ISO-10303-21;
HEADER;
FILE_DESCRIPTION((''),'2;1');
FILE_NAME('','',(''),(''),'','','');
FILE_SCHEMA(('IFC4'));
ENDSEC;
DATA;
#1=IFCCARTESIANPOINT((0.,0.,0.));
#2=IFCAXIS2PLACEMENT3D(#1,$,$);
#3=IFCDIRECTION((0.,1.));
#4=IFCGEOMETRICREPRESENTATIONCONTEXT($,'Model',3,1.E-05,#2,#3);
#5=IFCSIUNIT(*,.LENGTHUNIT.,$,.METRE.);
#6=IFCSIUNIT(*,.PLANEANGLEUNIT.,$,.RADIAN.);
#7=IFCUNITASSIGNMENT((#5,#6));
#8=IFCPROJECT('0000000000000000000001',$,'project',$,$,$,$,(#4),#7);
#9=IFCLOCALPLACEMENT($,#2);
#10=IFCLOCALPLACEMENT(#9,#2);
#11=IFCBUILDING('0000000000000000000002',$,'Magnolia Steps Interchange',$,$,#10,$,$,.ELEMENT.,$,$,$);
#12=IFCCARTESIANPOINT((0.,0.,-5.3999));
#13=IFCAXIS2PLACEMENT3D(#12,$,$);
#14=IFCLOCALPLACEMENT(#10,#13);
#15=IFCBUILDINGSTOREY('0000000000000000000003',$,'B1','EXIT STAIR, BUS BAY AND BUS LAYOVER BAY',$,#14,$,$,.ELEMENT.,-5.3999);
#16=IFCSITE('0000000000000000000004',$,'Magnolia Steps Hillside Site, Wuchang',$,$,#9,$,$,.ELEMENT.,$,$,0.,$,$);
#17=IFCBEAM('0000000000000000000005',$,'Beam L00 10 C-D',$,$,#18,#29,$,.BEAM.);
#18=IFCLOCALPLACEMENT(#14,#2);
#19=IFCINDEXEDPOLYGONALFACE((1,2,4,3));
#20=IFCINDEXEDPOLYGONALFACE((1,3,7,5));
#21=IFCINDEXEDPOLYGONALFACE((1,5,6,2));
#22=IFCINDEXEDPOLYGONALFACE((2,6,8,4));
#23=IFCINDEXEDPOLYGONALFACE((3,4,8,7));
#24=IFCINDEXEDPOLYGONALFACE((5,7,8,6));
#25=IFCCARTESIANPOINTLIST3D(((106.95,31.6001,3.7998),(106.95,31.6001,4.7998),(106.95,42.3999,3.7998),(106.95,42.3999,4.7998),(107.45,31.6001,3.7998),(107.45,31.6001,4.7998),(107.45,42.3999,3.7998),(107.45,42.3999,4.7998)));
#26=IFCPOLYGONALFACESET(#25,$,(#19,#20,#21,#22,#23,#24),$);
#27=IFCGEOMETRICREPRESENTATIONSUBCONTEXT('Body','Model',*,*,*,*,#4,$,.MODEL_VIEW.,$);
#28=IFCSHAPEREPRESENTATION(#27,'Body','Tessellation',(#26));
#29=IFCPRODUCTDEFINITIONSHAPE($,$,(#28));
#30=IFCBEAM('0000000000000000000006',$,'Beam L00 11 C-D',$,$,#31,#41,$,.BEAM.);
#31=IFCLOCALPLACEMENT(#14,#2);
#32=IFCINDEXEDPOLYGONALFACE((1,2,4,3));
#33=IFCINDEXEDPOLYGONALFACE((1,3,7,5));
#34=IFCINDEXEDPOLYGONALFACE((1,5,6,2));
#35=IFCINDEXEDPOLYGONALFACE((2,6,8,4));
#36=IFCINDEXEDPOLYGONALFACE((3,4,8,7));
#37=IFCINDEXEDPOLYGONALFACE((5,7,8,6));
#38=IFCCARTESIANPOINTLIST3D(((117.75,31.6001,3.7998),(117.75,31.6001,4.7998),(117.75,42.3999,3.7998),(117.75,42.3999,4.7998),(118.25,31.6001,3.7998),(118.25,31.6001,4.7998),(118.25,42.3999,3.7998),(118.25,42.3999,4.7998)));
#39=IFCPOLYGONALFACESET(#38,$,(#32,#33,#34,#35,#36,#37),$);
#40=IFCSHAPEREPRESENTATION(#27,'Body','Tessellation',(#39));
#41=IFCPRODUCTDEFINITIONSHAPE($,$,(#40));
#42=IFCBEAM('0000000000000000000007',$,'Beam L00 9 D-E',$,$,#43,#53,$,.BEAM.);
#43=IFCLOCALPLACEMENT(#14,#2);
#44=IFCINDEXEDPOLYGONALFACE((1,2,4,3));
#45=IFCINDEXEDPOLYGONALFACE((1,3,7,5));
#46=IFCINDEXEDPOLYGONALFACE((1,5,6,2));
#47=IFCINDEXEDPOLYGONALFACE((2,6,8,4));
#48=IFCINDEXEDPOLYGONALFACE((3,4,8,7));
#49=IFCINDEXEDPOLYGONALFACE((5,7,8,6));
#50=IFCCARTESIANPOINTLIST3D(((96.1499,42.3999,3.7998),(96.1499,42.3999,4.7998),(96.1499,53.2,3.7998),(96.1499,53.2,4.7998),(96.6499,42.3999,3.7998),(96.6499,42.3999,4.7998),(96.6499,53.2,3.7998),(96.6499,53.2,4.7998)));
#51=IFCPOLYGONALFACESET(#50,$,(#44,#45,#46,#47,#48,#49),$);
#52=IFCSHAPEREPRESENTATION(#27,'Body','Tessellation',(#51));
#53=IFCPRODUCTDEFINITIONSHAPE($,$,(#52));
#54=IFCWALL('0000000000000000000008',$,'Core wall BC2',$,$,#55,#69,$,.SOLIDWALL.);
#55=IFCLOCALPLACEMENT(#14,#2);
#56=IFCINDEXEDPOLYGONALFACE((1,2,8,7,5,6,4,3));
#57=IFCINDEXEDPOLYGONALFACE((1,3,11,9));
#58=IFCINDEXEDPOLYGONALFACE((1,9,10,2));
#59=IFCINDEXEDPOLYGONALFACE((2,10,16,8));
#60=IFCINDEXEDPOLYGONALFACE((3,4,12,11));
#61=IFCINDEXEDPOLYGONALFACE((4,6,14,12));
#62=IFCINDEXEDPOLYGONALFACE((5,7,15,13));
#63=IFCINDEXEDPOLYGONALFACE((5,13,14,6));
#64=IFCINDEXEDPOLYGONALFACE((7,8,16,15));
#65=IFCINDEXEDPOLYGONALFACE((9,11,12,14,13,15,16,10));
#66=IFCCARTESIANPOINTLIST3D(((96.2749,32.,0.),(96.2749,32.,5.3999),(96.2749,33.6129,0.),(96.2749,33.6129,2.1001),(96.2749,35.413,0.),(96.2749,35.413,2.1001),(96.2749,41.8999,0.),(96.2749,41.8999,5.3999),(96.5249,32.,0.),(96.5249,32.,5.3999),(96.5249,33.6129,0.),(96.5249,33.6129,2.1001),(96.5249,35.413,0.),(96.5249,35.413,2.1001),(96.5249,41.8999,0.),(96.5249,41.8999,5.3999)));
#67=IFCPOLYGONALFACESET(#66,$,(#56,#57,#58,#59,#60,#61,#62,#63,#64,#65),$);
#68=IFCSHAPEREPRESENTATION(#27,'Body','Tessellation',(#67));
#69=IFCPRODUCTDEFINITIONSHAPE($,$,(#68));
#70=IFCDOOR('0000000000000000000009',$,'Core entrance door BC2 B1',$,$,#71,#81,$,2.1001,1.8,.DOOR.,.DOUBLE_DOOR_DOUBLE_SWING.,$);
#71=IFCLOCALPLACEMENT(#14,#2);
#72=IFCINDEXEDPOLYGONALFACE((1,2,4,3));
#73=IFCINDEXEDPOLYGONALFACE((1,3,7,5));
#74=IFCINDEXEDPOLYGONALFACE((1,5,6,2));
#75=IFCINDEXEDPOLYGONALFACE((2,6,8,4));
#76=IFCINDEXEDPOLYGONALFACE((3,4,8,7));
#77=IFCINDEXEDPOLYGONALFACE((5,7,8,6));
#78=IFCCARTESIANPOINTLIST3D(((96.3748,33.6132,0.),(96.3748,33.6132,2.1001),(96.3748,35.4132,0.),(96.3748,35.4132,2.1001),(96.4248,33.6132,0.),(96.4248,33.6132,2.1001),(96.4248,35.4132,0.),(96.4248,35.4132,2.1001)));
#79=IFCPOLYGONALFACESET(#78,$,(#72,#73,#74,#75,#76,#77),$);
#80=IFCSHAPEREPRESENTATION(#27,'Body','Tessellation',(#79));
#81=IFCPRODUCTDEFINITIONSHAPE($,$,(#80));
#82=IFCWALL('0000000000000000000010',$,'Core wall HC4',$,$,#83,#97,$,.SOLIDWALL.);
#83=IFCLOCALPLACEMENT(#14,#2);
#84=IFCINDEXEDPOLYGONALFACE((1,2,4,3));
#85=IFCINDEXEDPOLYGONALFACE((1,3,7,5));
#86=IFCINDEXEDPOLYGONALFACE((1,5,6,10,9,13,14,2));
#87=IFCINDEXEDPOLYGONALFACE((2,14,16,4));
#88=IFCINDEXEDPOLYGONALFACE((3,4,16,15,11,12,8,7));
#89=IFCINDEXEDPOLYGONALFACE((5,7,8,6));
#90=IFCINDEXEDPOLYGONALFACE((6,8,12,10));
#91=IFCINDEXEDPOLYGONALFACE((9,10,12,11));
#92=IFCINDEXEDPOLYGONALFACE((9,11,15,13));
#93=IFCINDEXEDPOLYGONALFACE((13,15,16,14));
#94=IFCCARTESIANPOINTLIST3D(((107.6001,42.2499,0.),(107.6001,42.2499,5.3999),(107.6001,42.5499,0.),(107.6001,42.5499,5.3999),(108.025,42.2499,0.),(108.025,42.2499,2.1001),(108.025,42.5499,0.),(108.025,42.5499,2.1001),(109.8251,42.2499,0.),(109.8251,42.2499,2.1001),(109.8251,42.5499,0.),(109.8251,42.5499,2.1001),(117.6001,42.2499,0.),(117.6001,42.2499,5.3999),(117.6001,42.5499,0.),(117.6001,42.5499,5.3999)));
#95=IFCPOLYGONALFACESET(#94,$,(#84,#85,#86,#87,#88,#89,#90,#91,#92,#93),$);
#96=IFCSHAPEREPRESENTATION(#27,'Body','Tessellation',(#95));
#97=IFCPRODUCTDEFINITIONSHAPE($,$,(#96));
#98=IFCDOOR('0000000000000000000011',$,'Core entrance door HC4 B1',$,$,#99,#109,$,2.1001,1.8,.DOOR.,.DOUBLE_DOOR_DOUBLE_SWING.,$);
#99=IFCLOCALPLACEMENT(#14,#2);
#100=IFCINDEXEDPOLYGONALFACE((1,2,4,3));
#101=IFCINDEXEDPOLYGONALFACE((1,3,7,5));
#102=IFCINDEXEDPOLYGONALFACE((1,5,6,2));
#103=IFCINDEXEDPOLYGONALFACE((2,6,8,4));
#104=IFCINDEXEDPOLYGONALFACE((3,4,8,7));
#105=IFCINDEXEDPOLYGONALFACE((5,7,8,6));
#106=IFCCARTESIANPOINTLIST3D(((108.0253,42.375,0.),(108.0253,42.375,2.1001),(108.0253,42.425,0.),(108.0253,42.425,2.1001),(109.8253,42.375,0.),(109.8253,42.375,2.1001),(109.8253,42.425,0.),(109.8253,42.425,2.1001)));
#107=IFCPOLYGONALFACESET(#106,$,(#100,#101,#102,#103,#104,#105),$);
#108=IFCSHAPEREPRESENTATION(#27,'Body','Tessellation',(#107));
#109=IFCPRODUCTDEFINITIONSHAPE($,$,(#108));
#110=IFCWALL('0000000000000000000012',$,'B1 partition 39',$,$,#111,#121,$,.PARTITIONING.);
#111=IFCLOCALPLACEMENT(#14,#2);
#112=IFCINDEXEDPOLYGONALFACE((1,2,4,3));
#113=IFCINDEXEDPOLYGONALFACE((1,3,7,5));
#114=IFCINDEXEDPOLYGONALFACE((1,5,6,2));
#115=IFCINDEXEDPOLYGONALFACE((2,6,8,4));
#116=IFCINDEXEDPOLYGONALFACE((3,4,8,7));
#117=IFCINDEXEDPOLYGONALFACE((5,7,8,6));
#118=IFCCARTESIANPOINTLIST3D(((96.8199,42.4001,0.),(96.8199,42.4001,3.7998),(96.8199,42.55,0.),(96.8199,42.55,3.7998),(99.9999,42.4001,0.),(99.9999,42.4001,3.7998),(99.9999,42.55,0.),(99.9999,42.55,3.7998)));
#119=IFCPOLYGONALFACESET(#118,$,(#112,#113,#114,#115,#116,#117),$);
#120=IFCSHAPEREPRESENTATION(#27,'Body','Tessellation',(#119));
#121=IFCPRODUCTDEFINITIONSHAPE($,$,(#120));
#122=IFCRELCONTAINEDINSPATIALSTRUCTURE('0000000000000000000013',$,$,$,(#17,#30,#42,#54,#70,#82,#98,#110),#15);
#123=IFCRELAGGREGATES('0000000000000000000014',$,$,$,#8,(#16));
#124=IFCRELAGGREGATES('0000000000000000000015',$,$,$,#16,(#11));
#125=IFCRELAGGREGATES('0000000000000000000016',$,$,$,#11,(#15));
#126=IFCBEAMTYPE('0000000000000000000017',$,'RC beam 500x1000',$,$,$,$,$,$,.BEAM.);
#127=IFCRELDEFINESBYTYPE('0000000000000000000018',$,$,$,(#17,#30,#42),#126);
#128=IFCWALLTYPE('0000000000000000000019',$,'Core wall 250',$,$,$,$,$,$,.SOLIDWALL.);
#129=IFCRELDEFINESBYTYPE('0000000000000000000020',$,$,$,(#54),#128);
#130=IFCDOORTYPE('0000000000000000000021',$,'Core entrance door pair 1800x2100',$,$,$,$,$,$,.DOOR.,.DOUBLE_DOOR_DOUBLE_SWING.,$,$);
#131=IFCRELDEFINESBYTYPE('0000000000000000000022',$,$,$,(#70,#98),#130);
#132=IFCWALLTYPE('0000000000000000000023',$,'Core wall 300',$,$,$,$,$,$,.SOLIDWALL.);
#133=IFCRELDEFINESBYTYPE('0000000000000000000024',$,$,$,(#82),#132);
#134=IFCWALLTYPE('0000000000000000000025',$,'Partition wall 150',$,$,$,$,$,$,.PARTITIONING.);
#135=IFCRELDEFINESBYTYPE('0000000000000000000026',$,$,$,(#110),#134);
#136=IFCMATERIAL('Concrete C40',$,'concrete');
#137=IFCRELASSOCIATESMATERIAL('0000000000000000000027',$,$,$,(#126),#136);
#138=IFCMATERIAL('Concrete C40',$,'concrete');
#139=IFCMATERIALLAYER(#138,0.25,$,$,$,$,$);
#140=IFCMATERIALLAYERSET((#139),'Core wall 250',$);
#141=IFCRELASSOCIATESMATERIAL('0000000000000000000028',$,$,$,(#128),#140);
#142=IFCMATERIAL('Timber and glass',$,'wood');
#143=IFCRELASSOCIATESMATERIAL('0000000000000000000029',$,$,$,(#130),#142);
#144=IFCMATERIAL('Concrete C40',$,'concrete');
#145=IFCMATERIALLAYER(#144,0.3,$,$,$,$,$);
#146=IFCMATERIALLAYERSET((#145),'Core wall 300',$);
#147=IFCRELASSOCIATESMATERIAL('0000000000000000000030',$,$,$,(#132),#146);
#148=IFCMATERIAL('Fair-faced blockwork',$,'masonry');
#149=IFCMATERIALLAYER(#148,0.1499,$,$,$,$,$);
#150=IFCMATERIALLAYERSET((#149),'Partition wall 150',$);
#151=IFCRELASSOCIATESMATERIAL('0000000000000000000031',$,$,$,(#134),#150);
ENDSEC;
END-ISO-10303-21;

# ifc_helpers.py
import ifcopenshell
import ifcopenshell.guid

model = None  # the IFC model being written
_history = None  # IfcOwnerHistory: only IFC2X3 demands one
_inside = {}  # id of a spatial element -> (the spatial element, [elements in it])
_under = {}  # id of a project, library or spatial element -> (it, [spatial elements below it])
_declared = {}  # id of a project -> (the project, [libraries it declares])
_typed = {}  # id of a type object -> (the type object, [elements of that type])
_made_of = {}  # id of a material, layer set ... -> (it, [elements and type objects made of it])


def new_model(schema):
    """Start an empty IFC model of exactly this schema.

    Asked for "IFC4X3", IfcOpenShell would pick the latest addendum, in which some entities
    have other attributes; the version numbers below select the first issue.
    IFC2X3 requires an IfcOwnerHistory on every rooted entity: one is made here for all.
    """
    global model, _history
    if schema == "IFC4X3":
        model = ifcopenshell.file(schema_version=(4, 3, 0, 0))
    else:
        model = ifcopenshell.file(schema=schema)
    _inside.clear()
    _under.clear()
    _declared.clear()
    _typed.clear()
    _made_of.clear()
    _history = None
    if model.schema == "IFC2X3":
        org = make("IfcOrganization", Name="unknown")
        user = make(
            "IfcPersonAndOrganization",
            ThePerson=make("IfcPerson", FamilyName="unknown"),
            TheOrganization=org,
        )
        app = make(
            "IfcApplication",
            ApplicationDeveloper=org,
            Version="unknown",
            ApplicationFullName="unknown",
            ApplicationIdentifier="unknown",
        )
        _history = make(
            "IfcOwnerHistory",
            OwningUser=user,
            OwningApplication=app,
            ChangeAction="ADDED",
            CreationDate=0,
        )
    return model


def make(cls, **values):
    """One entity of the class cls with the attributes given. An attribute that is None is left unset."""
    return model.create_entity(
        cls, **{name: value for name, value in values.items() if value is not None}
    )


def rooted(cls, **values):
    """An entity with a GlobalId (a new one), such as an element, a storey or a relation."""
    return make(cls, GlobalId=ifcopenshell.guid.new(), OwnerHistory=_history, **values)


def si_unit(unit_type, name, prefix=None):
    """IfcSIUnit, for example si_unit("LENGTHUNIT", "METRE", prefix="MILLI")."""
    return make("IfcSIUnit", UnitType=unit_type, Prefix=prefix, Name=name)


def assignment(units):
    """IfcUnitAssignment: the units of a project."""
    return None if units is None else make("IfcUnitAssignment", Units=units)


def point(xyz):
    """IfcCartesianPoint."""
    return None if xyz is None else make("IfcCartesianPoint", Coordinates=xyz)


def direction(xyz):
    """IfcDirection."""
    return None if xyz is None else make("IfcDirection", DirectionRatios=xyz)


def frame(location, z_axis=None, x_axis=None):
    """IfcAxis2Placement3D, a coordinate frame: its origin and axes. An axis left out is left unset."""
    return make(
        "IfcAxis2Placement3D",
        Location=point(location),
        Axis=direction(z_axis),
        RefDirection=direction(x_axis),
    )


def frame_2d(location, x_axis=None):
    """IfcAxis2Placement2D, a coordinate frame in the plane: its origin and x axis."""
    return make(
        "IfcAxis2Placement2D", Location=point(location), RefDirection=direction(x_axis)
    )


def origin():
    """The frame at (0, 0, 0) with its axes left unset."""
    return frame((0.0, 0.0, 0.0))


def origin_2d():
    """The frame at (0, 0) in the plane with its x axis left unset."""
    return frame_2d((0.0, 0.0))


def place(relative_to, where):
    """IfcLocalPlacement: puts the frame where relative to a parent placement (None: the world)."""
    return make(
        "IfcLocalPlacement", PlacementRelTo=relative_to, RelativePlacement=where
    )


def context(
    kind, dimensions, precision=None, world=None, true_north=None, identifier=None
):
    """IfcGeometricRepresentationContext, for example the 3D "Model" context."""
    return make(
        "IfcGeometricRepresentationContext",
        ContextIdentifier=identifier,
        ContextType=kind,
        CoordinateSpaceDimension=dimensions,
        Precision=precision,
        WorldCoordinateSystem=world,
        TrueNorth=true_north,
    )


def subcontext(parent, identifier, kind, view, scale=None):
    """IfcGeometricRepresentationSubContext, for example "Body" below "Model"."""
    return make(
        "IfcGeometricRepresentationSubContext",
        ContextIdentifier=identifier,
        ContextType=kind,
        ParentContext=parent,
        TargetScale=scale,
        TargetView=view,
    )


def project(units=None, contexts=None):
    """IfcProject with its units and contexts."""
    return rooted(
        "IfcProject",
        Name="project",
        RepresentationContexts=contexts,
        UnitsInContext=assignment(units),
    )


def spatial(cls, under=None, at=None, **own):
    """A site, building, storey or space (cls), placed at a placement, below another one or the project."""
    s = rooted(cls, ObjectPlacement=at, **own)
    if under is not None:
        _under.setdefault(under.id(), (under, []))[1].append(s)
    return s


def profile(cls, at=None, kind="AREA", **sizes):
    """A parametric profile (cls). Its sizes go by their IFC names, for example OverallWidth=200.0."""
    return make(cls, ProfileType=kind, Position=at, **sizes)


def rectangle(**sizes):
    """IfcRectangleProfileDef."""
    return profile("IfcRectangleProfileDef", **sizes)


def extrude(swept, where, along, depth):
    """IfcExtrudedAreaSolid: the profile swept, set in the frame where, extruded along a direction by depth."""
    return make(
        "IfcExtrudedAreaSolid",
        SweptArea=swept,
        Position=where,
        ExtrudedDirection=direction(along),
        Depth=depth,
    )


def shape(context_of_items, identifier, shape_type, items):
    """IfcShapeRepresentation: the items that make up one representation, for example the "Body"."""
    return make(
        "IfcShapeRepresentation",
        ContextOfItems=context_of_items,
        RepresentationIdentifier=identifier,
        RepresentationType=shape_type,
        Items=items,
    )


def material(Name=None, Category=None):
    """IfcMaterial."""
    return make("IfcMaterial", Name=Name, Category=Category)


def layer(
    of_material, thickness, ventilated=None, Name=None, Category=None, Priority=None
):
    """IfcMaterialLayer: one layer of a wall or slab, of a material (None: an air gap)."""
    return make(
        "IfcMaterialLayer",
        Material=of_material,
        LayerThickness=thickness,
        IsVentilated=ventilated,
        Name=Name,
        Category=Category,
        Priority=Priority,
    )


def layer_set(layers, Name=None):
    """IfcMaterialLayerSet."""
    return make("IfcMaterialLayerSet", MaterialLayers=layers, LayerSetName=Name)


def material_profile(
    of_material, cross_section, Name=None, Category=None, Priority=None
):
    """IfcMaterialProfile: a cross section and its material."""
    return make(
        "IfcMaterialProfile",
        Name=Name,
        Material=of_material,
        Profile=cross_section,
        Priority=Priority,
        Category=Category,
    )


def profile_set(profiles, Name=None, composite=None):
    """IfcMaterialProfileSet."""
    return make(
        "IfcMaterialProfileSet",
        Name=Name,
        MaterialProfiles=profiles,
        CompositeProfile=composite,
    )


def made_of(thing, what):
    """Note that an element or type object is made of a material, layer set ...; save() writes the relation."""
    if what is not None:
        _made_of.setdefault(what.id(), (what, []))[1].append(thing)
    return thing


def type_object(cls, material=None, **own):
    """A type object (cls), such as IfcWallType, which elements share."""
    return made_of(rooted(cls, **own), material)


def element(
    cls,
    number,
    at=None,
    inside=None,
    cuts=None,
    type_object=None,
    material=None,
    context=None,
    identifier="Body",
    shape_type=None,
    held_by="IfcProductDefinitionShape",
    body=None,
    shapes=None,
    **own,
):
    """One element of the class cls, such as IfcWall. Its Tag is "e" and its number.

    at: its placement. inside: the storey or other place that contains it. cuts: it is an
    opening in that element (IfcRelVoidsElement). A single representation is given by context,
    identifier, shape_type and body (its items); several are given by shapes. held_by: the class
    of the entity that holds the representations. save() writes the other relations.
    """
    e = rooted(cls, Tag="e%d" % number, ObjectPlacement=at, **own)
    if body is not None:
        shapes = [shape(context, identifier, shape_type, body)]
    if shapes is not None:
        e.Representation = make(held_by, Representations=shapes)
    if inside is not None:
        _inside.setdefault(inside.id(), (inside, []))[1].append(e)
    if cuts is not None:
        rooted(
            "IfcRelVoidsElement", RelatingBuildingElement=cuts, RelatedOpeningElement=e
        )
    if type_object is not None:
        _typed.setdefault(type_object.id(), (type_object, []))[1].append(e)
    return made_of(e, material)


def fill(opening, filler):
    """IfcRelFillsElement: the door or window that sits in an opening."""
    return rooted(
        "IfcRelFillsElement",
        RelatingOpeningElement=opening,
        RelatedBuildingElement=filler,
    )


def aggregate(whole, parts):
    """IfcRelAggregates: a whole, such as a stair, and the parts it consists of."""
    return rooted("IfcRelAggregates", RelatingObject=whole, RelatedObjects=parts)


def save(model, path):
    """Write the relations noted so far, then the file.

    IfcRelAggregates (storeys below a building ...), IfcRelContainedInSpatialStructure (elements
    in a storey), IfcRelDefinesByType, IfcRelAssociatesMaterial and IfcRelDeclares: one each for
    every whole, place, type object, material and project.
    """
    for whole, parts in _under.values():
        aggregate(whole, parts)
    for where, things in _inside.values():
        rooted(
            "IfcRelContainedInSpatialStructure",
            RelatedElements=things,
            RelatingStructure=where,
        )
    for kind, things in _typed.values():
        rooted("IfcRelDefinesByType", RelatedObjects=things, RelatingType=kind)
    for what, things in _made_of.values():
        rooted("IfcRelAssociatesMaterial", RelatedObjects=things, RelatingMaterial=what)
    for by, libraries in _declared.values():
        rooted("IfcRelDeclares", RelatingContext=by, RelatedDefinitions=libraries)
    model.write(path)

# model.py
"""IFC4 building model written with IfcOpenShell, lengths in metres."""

from ifc_helpers import new_model, si_unit, direction, frame, frame_2d, origin, origin_2d, place, context, subcontext, project, spatial, rectangle, extrude, material, layer, layer_set, material_profile, profile_set, type_object, element, fill, save


model = new_model("IFC4")

# Units and contexts
model_context = context("Model", 3, precision=1e-05, world=origin(), true_north=direction((0.0, 1.0)))
body_context = subcontext(model_context, "Body", "Model", "MODEL_VIEW")
ifc_project = project(units=[si_unit("LENGTHUNIT", "METRE"), si_unit("PLANEANGLEUNIT", "RADIAN")], contexts=[model_context])

# Site, building, storey
site_placement = place(None, origin())
site = spatial("IfcSite", under=ifc_project, at=site_placement, Name="Magnolia Steps Hillside Site, Wuchang", CompositionType="ELEMENT", RefElevation=0.0)
building_placement = place(site_placement, origin())
building = spatial("IfcBuilding", under=site, at=building_placement, Name="Magnolia Steps Interchange", CompositionType="ELEMENT")
storey_placement = place(building_placement, frame((0.0, 0.0, -5.3999)))
storey = spatial("IfcBuildingStorey", under=building, at=storey_placement, Name="B1", Description="EXIT STAIR, BUS BAY AND BUS LAYOVER BAY", CompositionType="ELEMENT", Elevation=-5.3999)

# Beams
ifc_material_1 = material(Name="Concrete C40", Category="concrete")
ifc_material_profile_1 = material_profile(ifc_material_1, rectangle(XDim=0.5, YDim=1.0, at=origin_2d()), Name="RC500x1000")
ifc_profile_set_1 = profile_set([ifc_material_profile_1], Name="Concrete C40")
beam_type = type_object("IfcBeamType", Name="RC beam 500x1000", PredefinedType="BEAM", material=ifc_profile_set_1)
for number, where, z_axis, x_axis, name in (
    (1, (107.2, 31.6001, 4.2998), (0.0, 1.0, 0.0), (-1.0, 0.0, 0.0), "Beam L00 10 C-D"),
    (2, (118.0, 31.6001, 4.2998), (0.0, 1.0, 0.0), (-1.0, 0.0, 0.0), "Beam L00 11 C-D"),
):
    element("IfcBeam", number, at=place(storey_placement, frame(where, z_axis=z_axis, x_axis=x_axis)), inside=storey, type_object=beam_type, Name=name, PredefinedType="BEAM", context=body_context, shape_type="SweptSolid", body=[
        extrude(rectangle(XDim=0.5, YDim=1.0, at=origin_2d()), origin(), (0.0, 0.0, 1.0), 10.7998),
    ])
beam_placement = place(storey_placement, frame((96.3999, 42.3999, 4.2998), z_axis=(0.0, 1.0, 0.0), x_axis=(-1.0, 0.0, 0.0)))
element("IfcBeam", 3, at=beam_placement, inside=storey, type_object=beam_type, Name="Beam L00 9 D-E", PredefinedType="BEAM", context=body_context, shape_type="SweptSolid", body=[
    extrude(rectangle(XDim=0.5, YDim=1.0, at=origin_2d()), origin(), (0.0, 0.0, 1.0), 10.8),
])

# Walls, openings, doors
ifc_material_2 = material(Name="Concrete C40", Category="concrete")
ifc_layer_1 = layer(ifc_material_2, 0.25)
ifc_layer_set_1 = layer_set([ifc_layer_1], Name="Core wall 250")
wall_type_1 = type_object("IfcWallType", Name="Core wall 250", PredefinedType="SOLIDWALL", material=ifc_layer_set_1)
wall_1_placement = place(storey_placement, frame((96.3999, 32.0, 0.0), z_axis=(0.0, 0.0, 1.0), x_axis=(0.0, 1.0, 0.0)))
wall_1 = element("IfcWall", 4, at=wall_1_placement, inside=storey, type_object=wall_type_1, Name="Core wall BC2", PredefinedType="SOLIDWALL", context=body_context, shape_type="SweptSolid", body=[
    extrude(rectangle(XDim=9.8999, YDim=0.25, at=frame_2d((4.95, 0.0))), origin(), (0.0, 0.0, 1.0), 5.3999),
])
opening_1_placement = place(wall_1_placement, frame((1.613, 0.0, 0.0)))
opening_1 = element("IfcOpeningElement", 5, at=opening_1_placement, cuts=wall_1, PredefinedType="OPENING", context=body_context, shape_type="SweptSolid", body=[
    extrude(rectangle(XDim=1.8, YDim=2.1001, at=frame_2d((0.8999, 1.05))), frame((0.0, 0.135, 0.0), z_axis=(0.0, -1.0, 0.0), x_axis=(1.0, 0.0, 0.0)), (0.0, 0.0, 1.0), 0.27),
])
ifc_material_3 = material(Name="Timber and glass", Category="wood")
door_type = type_object("IfcDoorType", Name="Core entrance door pair 1800x2100", OperationType="DOUBLE_DOOR_DOUBLE_SWING", PredefinedType="DOOR", material=ifc_material_3)
door_1_placement = place(opening_1_placement, frame((1.8, 0.0, 0.0), z_axis=(0.0, 0.0, 1.0), x_axis=(-1.0, 0.0, 0.0)))
door_1 = element("IfcDoor", 6, at=door_1_placement, inside=storey, type_object=door_type, Name="Core entrance door BC2 B1", OperationType="DOUBLE_DOOR_DOUBLE_SWING", OverallHeight=2.1001, OverallWidth=1.8, PredefinedType="DOOR", context=body_context, shape_type="SweptSolid", body=[
    extrude(rectangle(XDim=1.8, YDim=2.1001, at=frame_2d((0.8999, 1.05))), frame((0.0, 0.0249, 0.0), z_axis=(0.0, -1.0, 0.0), x_axis=(1.0, 0.0, 0.0)), (0.0, 0.0, 1.0), 0.05),
])
fill(opening_1, door_1)
ifc_material_4 = material(Name="Concrete C40", Category="concrete")
ifc_layer_2 = layer(ifc_material_4, 0.3)
ifc_layer_set_2 = layer_set([ifc_layer_2], Name="Core wall 300")
wall_type_2 = type_object("IfcWallType", Name="Core wall 300", PredefinedType="SOLIDWALL", material=ifc_layer_set_2)
wall_2_placement = place(storey_placement, frame((107.6001, 42.3999, 0.0), z_axis=(0.0, 0.0, 1.0), x_axis=(1.0, 0.0, 0.0)))
wall_2 = element("IfcWall", 7, at=wall_2_placement, inside=storey, type_object=wall_type_2, Name="Core wall HC4", PredefinedType="SOLIDWALL", context=body_context, shape_type="SweptSolid", body=[
    extrude(rectangle(XDim=10.0, YDim=0.3, at=frame_2d((5.0, 0.0))), origin(), (0.0, 0.0, 1.0), 5.3999),
])
opening_2_placement = place(wall_2_placement, frame((0.425, 0.0, 0.0)))
opening_2 = element("IfcOpeningElement", 8, at=opening_2_placement, cuts=wall_2, PredefinedType="OPENING", context=body_context, shape_type="SweptSolid", body=[
    extrude(rectangle(XDim=1.8, YDim=2.1001, at=frame_2d((0.8999, 1.05))), frame((0.0, 0.1599, 0.0), z_axis=(0.0, -1.0, 0.0), x_axis=(1.0, 0.0, 0.0)), (0.0, 0.0, 1.0), 0.3201),
])
door_2_placement = place(opening_2_placement, frame((1.8, 0.0, 0.0), z_axis=(0.0, 0.0, 1.0), x_axis=(-1.0, 0.0, 0.0)))
door_2 = element("IfcDoor", 9, at=door_2_placement, inside=storey, type_object=door_type, Name="Core entrance door HC4 B1", OperationType="DOUBLE_DOOR_DOUBLE_SWING", OverallHeight=2.1001, OverallWidth=1.8, PredefinedType="DOOR", context=body_context, shape_type="SweptSolid", body=[
    extrude(rectangle(XDim=1.8, YDim=2.1001, at=frame_2d((0.8999, 1.05))), frame((0.0, 0.0249, 0.0), z_axis=(0.0, -1.0, 0.0), x_axis=(1.0, 0.0, 0.0)), (0.0, 0.0, 1.0), 0.05),
])
fill(opening_2, door_2)

# Wall
ifc_material_5 = material(Name="Fair-faced blockwork", Category="masonry")
ifc_layer_3 = layer(ifc_material_5, 0.1499)
ifc_layer_set_3 = layer_set([ifc_layer_3], Name="Partition wall 150")
wall_type_3 = type_object("IfcWallType", Name="Partition wall 150", PredefinedType="PARTITIONING", material=ifc_layer_set_3)
wall_3_placement = place(storey_placement, frame((96.8201, 42.4751, 0.0), z_axis=(0.0, 0.0, 1.0), x_axis=(1.0, 0.0, 0.0)))
element("IfcWall", 10, at=wall_3_placement, inside=storey, type_object=wall_type_3, Name="B1 partition 39", PredefinedType="PARTITIONING", context=body_context, shape_type="SweptSolid", body=[
    extrude(rectangle(XDim=3.1799, YDim=0.1499, at=frame_2d((1.5898, 0.0))), origin(), (0.0, 0.0, 1.0), 3.7998),
])

save(model, "model.ifc")
